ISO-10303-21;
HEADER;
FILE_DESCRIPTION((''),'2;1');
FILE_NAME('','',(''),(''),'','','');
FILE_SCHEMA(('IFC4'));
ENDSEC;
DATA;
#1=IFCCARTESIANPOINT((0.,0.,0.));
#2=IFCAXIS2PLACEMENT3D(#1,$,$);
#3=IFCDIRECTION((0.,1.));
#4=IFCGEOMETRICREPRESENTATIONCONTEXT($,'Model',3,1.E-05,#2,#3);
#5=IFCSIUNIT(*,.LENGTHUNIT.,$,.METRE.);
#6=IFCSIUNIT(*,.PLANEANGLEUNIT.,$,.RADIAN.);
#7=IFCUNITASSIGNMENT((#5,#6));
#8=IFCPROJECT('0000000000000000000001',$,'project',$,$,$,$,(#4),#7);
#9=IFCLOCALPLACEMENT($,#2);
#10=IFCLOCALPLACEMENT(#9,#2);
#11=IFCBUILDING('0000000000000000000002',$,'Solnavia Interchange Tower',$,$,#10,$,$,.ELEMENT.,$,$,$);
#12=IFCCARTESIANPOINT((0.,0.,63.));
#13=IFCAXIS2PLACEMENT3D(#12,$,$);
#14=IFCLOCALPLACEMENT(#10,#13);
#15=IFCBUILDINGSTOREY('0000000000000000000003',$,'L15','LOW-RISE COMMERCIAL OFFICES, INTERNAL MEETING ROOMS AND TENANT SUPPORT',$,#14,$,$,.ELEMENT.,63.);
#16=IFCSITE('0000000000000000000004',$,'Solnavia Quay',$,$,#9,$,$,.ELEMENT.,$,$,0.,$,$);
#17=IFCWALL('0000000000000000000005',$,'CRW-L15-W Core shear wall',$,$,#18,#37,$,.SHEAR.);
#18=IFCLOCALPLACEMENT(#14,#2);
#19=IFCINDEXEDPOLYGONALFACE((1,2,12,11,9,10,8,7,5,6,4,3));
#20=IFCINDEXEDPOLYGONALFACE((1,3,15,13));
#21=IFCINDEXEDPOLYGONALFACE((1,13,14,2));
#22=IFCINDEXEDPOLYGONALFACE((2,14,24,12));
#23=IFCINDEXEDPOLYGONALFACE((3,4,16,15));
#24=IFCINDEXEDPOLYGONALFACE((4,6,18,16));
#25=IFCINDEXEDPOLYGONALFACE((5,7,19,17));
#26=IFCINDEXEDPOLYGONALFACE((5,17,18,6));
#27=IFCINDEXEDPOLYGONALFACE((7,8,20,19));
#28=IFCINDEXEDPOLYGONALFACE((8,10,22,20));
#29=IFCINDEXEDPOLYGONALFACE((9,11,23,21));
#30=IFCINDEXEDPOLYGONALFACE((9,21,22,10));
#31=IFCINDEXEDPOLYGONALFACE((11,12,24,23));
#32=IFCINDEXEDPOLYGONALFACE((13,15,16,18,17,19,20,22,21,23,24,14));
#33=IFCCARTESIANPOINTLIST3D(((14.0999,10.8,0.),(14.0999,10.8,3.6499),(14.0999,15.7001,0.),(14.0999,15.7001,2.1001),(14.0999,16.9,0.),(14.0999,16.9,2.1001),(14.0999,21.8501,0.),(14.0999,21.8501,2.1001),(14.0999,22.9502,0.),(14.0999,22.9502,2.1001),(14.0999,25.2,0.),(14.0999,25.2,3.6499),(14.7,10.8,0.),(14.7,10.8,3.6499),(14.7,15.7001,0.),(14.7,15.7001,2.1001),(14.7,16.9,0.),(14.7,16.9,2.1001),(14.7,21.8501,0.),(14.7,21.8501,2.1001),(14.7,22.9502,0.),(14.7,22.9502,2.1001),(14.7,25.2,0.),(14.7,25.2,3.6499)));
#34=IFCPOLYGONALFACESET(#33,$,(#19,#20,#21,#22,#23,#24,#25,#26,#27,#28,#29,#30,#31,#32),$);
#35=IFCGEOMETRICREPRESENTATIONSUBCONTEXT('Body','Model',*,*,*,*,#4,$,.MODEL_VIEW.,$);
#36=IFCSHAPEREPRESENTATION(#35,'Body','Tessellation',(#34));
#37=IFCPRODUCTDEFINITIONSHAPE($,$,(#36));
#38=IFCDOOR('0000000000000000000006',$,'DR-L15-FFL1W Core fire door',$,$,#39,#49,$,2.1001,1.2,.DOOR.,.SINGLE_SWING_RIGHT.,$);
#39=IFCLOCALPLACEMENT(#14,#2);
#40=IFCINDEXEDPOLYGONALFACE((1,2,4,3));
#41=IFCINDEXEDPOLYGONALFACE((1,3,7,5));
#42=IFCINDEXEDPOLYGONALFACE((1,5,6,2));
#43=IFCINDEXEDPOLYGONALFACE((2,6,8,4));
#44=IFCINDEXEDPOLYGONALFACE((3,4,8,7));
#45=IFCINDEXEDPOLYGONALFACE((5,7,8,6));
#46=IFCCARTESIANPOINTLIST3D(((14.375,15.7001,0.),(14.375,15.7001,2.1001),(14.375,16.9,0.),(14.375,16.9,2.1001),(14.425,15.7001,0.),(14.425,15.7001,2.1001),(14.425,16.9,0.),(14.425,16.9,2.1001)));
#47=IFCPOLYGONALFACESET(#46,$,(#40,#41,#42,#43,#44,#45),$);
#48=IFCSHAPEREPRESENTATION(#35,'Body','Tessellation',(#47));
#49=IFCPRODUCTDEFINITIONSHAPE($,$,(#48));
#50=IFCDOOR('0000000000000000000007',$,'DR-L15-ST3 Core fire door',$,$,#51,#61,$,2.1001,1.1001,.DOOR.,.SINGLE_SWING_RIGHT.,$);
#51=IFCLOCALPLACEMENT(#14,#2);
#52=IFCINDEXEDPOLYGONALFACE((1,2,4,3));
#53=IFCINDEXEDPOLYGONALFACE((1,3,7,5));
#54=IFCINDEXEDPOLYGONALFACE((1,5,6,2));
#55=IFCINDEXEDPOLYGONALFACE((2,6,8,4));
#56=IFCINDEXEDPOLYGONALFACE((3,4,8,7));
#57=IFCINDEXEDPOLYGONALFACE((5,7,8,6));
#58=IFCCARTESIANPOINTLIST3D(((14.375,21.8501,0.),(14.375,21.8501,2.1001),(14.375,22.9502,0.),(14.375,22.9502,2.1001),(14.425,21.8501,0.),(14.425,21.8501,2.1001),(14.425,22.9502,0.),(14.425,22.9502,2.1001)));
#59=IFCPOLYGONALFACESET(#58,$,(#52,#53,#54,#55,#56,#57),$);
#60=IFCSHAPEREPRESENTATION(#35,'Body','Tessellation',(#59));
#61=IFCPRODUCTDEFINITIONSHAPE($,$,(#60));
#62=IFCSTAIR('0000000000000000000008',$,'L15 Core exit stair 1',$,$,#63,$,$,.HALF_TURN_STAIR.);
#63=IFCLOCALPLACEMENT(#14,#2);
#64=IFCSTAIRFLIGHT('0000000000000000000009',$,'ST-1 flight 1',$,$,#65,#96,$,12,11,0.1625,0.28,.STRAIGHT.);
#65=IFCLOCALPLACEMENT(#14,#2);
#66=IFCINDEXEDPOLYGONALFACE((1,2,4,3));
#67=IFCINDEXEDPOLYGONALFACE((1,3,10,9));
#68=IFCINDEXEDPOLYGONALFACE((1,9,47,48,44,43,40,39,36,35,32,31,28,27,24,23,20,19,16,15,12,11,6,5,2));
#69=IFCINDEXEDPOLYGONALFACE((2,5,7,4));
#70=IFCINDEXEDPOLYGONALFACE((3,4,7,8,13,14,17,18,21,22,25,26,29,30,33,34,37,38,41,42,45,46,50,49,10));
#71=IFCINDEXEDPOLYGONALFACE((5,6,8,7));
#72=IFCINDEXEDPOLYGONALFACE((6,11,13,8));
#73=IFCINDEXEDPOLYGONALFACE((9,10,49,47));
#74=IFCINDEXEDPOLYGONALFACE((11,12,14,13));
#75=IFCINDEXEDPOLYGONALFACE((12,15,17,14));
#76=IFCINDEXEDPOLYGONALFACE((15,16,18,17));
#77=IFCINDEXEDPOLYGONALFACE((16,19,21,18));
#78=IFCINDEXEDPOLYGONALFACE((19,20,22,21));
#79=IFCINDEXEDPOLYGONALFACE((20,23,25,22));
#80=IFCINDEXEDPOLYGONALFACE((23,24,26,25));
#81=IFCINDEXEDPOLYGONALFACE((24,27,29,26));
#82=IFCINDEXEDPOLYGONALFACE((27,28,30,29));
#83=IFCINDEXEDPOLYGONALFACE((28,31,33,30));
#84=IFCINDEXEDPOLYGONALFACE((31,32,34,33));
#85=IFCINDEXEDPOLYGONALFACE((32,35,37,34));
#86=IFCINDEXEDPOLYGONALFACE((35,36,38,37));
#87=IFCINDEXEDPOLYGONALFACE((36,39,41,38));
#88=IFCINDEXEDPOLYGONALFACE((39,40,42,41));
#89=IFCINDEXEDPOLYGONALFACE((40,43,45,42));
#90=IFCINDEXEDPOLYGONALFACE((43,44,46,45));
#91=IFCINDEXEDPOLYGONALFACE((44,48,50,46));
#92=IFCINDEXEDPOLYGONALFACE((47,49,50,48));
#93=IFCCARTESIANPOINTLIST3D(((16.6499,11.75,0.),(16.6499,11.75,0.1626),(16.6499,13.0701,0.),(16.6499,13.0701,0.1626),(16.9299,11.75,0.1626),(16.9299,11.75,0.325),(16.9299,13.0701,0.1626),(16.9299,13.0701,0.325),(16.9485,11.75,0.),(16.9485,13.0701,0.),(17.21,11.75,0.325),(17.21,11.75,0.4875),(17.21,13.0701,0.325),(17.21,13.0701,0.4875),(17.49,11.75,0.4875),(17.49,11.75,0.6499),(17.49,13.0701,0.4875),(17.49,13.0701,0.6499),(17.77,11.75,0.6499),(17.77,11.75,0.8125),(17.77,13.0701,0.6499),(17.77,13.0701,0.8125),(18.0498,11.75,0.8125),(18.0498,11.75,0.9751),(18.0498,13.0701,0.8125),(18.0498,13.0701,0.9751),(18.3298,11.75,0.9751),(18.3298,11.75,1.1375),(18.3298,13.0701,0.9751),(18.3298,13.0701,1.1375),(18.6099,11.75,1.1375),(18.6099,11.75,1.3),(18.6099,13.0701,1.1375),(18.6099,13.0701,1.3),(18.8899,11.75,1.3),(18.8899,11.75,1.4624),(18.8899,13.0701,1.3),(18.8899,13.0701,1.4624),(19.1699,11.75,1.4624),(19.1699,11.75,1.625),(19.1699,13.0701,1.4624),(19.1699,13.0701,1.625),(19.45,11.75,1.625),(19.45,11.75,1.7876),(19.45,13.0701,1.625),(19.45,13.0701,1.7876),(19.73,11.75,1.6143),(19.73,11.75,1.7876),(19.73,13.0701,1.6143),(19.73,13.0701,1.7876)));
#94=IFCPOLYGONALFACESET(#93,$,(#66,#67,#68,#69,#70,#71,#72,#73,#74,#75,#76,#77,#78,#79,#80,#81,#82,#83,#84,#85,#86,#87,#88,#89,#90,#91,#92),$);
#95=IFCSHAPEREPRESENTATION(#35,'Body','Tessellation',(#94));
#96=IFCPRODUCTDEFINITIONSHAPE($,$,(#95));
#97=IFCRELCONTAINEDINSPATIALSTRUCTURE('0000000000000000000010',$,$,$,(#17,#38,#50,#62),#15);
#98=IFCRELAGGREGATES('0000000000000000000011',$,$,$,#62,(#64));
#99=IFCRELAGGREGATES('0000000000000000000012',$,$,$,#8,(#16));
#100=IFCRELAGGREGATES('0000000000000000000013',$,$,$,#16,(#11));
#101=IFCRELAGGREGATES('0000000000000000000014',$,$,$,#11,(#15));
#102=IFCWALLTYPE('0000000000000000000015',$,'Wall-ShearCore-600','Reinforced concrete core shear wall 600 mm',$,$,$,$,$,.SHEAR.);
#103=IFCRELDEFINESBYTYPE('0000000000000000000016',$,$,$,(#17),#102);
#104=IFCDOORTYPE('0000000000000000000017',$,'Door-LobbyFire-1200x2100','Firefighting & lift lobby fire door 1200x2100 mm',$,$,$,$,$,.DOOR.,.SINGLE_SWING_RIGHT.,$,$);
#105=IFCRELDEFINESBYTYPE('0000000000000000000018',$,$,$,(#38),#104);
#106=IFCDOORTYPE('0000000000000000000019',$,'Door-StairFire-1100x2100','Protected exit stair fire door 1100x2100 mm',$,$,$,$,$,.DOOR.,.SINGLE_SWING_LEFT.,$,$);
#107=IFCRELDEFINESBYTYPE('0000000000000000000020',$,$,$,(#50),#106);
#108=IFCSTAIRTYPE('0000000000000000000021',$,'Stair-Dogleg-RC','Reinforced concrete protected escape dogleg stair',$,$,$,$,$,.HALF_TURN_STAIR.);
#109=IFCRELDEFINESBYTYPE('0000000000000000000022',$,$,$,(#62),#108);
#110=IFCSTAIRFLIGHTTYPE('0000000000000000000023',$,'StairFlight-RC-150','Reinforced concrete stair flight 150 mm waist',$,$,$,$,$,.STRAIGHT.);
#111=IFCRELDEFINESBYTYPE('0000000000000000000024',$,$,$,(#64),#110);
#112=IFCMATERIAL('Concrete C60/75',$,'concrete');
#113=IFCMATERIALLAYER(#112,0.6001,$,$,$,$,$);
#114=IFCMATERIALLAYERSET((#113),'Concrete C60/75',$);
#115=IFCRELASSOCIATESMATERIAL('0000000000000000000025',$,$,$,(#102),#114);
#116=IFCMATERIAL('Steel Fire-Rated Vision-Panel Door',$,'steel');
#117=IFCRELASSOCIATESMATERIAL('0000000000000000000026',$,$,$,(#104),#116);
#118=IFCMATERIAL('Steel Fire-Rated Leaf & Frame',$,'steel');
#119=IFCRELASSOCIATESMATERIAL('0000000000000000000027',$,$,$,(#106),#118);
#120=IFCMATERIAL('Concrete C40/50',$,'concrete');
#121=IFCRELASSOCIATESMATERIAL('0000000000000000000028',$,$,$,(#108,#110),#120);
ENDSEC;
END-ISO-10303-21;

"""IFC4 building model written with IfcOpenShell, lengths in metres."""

from ifc_helpers import new_model, si_unit, direction, frame, frame_2d, origin, place, context, subcontext, project, spatial, polyline, rectangle, outline, extrude, material, layer, layer_set, type_object, element, fill, aggregate, save


model = new_model("IFC4")

# Units and contexts
model_context = context("Model", 3, precision=1e-05, world=origin(), true_north=direction((0.0, 1.0)))
body_context = subcontext(model_context, "Body", "Model", "MODEL_VIEW")
ifc_project = project(units=[si_unit("LENGTHUNIT", "METRE"), si_unit("PLANEANGLEUNIT", "RADIAN")], contexts=[model_context])

# Site, building, storey
site_placement = place(None, origin())
site = spatial("IfcSite", under=ifc_project, at=site_placement, Name="Solnavia Quay", CompositionType="ELEMENT", RefElevation=0.0)
building_placement = place(site_placement, origin())
building = spatial("IfcBuilding", under=site, at=building_placement, Name="Solnavia Interchange Tower", CompositionType="ELEMENT")
storey_placement = place(building_placement, frame((0.0, 0.0, 63.0)))
storey = spatial("IfcBuildingStorey", under=building, at=storey_placement, Name="L15", Description="LOW-RISE COMMERCIAL OFFICES, INTERNAL MEETING ROOMS AND TENANT SUPPORT", CompositionType="ELEMENT", Elevation=63.0)

# Shared definitions
ifc_material_1 = material(Name="Concrete C40/50", Category="concrete")
ifc_material_2 = material(Name="Concrete C60/75", Category="concrete")
ifc_layer_1 = layer(ifc_material_2, 0.6001)
ifc_layer_set_1 = layer_set([ifc_layer_1], Name="Concrete C60/75")
wall_type_1 = type_object("IfcWallType", Name="Wall-ShearCore-600", Description="Reinforced concrete core shear wall 600 mm", PredefinedType="SHEAR", material=ifc_layer_set_1)

# Wall, openings, doors
wall_1_placement = place(storey_placement, frame((14.3999, 10.8, 0.0), z_axis=(0.0, 0.0, 1.0), x_axis=(0.0, 1.0, 0.0)))
wall_1 = element("IfcWall", 1, at=wall_1_placement, inside=storey, type_object=wall_type_1, Name="CRW-L15-W Core shear wall", PredefinedType="SHEAR", context=body_context, shape_type="SweptSolid", body=[
    extrude(rectangle(XDim=14.3999, YDim=0.6001, at=frame_2d((7.2, 0.0))), origin(), (0.0, 0.0, 1.0), 3.6499),
])
opening_1_placement = place(wall_1_placement, frame((11.05, 0.0, 0.0)))
opening_1 = element("IfcOpeningElement", 2, at=opening_1_placement, cuts=wall_1, PredefinedType="OPENING", context=body_context, shape_type="SweptSolid", body=[
    extrude(rectangle(XDim=1.1001, YDim=2.1001, at=frame_2d((0.55, 1.05))), frame((0.0, 0.3101, 0.0), z_axis=(0.0, -1.0, 0.0), x_axis=(1.0, 0.0, 0.0)), (0.0, 0.0, 1.0), 0.6201),
])
opening_2_placement = place(wall_1_placement, frame((4.8999, 0.0, 0.0)))
opening_2 = element("IfcOpeningElement", 3, at=opening_2_placement, cuts=wall_1, PredefinedType="OPENING", context=body_context, shape_type="SweptSolid", body=[
    extrude(rectangle(XDim=1.2, YDim=2.1001, at=frame_2d((0.6001, 1.05))), frame((0.0, 0.3101, 0.0), z_axis=(0.0, -1.0, 0.0), x_axis=(1.0, 0.0, 0.0)), (0.0, 0.0, 1.0), 0.6201),
])
ifc_material_3 = material(Name="Steel Fire-Rated Vision-Panel Door", Category="steel")
door_type_1 = type_object("IfcDoorType", Name="Door-LobbyFire-1200x2100", Description="Firefighting & lift lobby fire door 1200x2100 mm", OperationType="SINGLE_SWING_RIGHT", PredefinedType="DOOR", material=ifc_material_3)
door_1_placement = place(opening_2_placement, origin())
door_1 = element("IfcDoor", 4, at=door_1_placement, inside=storey, type_object=door_type_1, Name="DR-L15-FFL1W Core fire door", OperationType="SINGLE_SWING_RIGHT", OverallHeight=2.1001, OverallWidth=1.2, PredefinedType="DOOR", context=body_context, shape_type="SweptSolid", body=[
    extrude(rectangle(XDim=1.2, YDim=2.1001, at=frame_2d((0.6001, 1.05))), frame((0.0, 0.0249, 0.0), z_axis=(0.0, -1.0, 0.0), x_axis=(1.0, 0.0, 0.0)), (0.0, 0.0, 1.0), 0.05),
])
fill(opening_2, door_1)
ifc_material_4 = material(Name="Steel Fire-Rated Leaf & Frame", Category="steel")
door_type_2 = type_object("IfcDoorType", Name="Door-StairFire-1100x2100", Description="Protected exit stair fire door 1100x2100 mm", OperationType="SINGLE_SWING_LEFT", PredefinedType="DOOR", material=ifc_material_4)
door_2_placement = place(opening_1_placement, origin())
door_2 = element("IfcDoor", 5, at=door_2_placement, inside=storey, type_object=door_type_2, Name="DR-L15-ST3 Core fire door", OperationType="SINGLE_SWING_RIGHT", OverallHeight=2.1001, OverallWidth=1.1001, PredefinedType="DOOR", context=body_context, shape_type="SweptSolid", body=[
    extrude(rectangle(XDim=1.1001, YDim=2.1001, at=frame_2d((0.55, 1.05))), frame((0.0, 0.0249, 0.0), z_axis=(0.0, -1.0, 0.0), x_axis=(1.0, 0.0, 0.0)), (0.0, 0.0, 1.0), 0.05),
])
fill(opening_1, door_2)

# Stair, stair flight
stair_type = type_object("IfcStairType", Name="Stair-Dogleg-RC", Description="Reinforced concrete protected escape dogleg stair", PredefinedType="HALF_TURN_STAIR", material=ifc_material_1)
stair_placement = place(storey_placement, origin())
stair = element("IfcStair", 6, at=stair_placement, inside=storey, type_object=stair_type, Name="L15 Core exit stair 1", PredefinedType="HALF_TURN_STAIR")
stair_flight_type = type_object("IfcStairFlightType", Name="StairFlight-RC-150", Description="Reinforced concrete stair flight 150 mm waist", PredefinedType="STRAIGHT", material=ifc_material_1)
stair_flight_placement = place(storey_placement, frame((16.6499, 12.4099, 0.0), z_axis=(0.0, 0.0, 1.0), x_axis=(1.0, 0.0, 0.0)))
stair_flight = element("IfcStairFlight", 7, at=stair_flight_placement, type_object=stair_flight_type, Name="ST-1 flight 1", NumberOfRisers=12, NumberOfTreads=11, PredefinedType="STRAIGHT", RiserHeight=0.1625, TreadLength=0.28, context=body_context, shape_type="SweptSolid", body=[
    extrude(outline(polyline([(0.0, 0.0), (0.0, 0.1626), (0.28, 0.1626), (0.28, 0.325), (0.5601, 0.325), (0.5601, 0.4875), (0.8401, 0.4875), (0.8401, 0.6499), (1.1201, 0.6499), (1.1201, 0.8125), (1.3999, 0.8125), (1.3999, 0.9751), (1.6799, 0.9751), (1.6799, 1.1375), (1.96, 1.1375), (1.96, 1.3), (2.24, 1.3), (2.24, 1.4624), (2.52, 1.4624), (2.52, 1.625), (2.8, 1.625), (2.8, 1.7876), (3.0801, 1.7876), (3.0801, 1.95), (3.0801, 1.6143), (0.2986, 0.0), (0.0, 0.0)])), frame((0.0, 0.6602, 0.0), z_axis=(0.0, -1.0, 0.0), x_axis=(1.0, 0.0, 0.0)), (0.0, 0.0, 1.0), 1.3201),
])
aggregate(stair, [stair_flight])

save(model, "model.ifc")
